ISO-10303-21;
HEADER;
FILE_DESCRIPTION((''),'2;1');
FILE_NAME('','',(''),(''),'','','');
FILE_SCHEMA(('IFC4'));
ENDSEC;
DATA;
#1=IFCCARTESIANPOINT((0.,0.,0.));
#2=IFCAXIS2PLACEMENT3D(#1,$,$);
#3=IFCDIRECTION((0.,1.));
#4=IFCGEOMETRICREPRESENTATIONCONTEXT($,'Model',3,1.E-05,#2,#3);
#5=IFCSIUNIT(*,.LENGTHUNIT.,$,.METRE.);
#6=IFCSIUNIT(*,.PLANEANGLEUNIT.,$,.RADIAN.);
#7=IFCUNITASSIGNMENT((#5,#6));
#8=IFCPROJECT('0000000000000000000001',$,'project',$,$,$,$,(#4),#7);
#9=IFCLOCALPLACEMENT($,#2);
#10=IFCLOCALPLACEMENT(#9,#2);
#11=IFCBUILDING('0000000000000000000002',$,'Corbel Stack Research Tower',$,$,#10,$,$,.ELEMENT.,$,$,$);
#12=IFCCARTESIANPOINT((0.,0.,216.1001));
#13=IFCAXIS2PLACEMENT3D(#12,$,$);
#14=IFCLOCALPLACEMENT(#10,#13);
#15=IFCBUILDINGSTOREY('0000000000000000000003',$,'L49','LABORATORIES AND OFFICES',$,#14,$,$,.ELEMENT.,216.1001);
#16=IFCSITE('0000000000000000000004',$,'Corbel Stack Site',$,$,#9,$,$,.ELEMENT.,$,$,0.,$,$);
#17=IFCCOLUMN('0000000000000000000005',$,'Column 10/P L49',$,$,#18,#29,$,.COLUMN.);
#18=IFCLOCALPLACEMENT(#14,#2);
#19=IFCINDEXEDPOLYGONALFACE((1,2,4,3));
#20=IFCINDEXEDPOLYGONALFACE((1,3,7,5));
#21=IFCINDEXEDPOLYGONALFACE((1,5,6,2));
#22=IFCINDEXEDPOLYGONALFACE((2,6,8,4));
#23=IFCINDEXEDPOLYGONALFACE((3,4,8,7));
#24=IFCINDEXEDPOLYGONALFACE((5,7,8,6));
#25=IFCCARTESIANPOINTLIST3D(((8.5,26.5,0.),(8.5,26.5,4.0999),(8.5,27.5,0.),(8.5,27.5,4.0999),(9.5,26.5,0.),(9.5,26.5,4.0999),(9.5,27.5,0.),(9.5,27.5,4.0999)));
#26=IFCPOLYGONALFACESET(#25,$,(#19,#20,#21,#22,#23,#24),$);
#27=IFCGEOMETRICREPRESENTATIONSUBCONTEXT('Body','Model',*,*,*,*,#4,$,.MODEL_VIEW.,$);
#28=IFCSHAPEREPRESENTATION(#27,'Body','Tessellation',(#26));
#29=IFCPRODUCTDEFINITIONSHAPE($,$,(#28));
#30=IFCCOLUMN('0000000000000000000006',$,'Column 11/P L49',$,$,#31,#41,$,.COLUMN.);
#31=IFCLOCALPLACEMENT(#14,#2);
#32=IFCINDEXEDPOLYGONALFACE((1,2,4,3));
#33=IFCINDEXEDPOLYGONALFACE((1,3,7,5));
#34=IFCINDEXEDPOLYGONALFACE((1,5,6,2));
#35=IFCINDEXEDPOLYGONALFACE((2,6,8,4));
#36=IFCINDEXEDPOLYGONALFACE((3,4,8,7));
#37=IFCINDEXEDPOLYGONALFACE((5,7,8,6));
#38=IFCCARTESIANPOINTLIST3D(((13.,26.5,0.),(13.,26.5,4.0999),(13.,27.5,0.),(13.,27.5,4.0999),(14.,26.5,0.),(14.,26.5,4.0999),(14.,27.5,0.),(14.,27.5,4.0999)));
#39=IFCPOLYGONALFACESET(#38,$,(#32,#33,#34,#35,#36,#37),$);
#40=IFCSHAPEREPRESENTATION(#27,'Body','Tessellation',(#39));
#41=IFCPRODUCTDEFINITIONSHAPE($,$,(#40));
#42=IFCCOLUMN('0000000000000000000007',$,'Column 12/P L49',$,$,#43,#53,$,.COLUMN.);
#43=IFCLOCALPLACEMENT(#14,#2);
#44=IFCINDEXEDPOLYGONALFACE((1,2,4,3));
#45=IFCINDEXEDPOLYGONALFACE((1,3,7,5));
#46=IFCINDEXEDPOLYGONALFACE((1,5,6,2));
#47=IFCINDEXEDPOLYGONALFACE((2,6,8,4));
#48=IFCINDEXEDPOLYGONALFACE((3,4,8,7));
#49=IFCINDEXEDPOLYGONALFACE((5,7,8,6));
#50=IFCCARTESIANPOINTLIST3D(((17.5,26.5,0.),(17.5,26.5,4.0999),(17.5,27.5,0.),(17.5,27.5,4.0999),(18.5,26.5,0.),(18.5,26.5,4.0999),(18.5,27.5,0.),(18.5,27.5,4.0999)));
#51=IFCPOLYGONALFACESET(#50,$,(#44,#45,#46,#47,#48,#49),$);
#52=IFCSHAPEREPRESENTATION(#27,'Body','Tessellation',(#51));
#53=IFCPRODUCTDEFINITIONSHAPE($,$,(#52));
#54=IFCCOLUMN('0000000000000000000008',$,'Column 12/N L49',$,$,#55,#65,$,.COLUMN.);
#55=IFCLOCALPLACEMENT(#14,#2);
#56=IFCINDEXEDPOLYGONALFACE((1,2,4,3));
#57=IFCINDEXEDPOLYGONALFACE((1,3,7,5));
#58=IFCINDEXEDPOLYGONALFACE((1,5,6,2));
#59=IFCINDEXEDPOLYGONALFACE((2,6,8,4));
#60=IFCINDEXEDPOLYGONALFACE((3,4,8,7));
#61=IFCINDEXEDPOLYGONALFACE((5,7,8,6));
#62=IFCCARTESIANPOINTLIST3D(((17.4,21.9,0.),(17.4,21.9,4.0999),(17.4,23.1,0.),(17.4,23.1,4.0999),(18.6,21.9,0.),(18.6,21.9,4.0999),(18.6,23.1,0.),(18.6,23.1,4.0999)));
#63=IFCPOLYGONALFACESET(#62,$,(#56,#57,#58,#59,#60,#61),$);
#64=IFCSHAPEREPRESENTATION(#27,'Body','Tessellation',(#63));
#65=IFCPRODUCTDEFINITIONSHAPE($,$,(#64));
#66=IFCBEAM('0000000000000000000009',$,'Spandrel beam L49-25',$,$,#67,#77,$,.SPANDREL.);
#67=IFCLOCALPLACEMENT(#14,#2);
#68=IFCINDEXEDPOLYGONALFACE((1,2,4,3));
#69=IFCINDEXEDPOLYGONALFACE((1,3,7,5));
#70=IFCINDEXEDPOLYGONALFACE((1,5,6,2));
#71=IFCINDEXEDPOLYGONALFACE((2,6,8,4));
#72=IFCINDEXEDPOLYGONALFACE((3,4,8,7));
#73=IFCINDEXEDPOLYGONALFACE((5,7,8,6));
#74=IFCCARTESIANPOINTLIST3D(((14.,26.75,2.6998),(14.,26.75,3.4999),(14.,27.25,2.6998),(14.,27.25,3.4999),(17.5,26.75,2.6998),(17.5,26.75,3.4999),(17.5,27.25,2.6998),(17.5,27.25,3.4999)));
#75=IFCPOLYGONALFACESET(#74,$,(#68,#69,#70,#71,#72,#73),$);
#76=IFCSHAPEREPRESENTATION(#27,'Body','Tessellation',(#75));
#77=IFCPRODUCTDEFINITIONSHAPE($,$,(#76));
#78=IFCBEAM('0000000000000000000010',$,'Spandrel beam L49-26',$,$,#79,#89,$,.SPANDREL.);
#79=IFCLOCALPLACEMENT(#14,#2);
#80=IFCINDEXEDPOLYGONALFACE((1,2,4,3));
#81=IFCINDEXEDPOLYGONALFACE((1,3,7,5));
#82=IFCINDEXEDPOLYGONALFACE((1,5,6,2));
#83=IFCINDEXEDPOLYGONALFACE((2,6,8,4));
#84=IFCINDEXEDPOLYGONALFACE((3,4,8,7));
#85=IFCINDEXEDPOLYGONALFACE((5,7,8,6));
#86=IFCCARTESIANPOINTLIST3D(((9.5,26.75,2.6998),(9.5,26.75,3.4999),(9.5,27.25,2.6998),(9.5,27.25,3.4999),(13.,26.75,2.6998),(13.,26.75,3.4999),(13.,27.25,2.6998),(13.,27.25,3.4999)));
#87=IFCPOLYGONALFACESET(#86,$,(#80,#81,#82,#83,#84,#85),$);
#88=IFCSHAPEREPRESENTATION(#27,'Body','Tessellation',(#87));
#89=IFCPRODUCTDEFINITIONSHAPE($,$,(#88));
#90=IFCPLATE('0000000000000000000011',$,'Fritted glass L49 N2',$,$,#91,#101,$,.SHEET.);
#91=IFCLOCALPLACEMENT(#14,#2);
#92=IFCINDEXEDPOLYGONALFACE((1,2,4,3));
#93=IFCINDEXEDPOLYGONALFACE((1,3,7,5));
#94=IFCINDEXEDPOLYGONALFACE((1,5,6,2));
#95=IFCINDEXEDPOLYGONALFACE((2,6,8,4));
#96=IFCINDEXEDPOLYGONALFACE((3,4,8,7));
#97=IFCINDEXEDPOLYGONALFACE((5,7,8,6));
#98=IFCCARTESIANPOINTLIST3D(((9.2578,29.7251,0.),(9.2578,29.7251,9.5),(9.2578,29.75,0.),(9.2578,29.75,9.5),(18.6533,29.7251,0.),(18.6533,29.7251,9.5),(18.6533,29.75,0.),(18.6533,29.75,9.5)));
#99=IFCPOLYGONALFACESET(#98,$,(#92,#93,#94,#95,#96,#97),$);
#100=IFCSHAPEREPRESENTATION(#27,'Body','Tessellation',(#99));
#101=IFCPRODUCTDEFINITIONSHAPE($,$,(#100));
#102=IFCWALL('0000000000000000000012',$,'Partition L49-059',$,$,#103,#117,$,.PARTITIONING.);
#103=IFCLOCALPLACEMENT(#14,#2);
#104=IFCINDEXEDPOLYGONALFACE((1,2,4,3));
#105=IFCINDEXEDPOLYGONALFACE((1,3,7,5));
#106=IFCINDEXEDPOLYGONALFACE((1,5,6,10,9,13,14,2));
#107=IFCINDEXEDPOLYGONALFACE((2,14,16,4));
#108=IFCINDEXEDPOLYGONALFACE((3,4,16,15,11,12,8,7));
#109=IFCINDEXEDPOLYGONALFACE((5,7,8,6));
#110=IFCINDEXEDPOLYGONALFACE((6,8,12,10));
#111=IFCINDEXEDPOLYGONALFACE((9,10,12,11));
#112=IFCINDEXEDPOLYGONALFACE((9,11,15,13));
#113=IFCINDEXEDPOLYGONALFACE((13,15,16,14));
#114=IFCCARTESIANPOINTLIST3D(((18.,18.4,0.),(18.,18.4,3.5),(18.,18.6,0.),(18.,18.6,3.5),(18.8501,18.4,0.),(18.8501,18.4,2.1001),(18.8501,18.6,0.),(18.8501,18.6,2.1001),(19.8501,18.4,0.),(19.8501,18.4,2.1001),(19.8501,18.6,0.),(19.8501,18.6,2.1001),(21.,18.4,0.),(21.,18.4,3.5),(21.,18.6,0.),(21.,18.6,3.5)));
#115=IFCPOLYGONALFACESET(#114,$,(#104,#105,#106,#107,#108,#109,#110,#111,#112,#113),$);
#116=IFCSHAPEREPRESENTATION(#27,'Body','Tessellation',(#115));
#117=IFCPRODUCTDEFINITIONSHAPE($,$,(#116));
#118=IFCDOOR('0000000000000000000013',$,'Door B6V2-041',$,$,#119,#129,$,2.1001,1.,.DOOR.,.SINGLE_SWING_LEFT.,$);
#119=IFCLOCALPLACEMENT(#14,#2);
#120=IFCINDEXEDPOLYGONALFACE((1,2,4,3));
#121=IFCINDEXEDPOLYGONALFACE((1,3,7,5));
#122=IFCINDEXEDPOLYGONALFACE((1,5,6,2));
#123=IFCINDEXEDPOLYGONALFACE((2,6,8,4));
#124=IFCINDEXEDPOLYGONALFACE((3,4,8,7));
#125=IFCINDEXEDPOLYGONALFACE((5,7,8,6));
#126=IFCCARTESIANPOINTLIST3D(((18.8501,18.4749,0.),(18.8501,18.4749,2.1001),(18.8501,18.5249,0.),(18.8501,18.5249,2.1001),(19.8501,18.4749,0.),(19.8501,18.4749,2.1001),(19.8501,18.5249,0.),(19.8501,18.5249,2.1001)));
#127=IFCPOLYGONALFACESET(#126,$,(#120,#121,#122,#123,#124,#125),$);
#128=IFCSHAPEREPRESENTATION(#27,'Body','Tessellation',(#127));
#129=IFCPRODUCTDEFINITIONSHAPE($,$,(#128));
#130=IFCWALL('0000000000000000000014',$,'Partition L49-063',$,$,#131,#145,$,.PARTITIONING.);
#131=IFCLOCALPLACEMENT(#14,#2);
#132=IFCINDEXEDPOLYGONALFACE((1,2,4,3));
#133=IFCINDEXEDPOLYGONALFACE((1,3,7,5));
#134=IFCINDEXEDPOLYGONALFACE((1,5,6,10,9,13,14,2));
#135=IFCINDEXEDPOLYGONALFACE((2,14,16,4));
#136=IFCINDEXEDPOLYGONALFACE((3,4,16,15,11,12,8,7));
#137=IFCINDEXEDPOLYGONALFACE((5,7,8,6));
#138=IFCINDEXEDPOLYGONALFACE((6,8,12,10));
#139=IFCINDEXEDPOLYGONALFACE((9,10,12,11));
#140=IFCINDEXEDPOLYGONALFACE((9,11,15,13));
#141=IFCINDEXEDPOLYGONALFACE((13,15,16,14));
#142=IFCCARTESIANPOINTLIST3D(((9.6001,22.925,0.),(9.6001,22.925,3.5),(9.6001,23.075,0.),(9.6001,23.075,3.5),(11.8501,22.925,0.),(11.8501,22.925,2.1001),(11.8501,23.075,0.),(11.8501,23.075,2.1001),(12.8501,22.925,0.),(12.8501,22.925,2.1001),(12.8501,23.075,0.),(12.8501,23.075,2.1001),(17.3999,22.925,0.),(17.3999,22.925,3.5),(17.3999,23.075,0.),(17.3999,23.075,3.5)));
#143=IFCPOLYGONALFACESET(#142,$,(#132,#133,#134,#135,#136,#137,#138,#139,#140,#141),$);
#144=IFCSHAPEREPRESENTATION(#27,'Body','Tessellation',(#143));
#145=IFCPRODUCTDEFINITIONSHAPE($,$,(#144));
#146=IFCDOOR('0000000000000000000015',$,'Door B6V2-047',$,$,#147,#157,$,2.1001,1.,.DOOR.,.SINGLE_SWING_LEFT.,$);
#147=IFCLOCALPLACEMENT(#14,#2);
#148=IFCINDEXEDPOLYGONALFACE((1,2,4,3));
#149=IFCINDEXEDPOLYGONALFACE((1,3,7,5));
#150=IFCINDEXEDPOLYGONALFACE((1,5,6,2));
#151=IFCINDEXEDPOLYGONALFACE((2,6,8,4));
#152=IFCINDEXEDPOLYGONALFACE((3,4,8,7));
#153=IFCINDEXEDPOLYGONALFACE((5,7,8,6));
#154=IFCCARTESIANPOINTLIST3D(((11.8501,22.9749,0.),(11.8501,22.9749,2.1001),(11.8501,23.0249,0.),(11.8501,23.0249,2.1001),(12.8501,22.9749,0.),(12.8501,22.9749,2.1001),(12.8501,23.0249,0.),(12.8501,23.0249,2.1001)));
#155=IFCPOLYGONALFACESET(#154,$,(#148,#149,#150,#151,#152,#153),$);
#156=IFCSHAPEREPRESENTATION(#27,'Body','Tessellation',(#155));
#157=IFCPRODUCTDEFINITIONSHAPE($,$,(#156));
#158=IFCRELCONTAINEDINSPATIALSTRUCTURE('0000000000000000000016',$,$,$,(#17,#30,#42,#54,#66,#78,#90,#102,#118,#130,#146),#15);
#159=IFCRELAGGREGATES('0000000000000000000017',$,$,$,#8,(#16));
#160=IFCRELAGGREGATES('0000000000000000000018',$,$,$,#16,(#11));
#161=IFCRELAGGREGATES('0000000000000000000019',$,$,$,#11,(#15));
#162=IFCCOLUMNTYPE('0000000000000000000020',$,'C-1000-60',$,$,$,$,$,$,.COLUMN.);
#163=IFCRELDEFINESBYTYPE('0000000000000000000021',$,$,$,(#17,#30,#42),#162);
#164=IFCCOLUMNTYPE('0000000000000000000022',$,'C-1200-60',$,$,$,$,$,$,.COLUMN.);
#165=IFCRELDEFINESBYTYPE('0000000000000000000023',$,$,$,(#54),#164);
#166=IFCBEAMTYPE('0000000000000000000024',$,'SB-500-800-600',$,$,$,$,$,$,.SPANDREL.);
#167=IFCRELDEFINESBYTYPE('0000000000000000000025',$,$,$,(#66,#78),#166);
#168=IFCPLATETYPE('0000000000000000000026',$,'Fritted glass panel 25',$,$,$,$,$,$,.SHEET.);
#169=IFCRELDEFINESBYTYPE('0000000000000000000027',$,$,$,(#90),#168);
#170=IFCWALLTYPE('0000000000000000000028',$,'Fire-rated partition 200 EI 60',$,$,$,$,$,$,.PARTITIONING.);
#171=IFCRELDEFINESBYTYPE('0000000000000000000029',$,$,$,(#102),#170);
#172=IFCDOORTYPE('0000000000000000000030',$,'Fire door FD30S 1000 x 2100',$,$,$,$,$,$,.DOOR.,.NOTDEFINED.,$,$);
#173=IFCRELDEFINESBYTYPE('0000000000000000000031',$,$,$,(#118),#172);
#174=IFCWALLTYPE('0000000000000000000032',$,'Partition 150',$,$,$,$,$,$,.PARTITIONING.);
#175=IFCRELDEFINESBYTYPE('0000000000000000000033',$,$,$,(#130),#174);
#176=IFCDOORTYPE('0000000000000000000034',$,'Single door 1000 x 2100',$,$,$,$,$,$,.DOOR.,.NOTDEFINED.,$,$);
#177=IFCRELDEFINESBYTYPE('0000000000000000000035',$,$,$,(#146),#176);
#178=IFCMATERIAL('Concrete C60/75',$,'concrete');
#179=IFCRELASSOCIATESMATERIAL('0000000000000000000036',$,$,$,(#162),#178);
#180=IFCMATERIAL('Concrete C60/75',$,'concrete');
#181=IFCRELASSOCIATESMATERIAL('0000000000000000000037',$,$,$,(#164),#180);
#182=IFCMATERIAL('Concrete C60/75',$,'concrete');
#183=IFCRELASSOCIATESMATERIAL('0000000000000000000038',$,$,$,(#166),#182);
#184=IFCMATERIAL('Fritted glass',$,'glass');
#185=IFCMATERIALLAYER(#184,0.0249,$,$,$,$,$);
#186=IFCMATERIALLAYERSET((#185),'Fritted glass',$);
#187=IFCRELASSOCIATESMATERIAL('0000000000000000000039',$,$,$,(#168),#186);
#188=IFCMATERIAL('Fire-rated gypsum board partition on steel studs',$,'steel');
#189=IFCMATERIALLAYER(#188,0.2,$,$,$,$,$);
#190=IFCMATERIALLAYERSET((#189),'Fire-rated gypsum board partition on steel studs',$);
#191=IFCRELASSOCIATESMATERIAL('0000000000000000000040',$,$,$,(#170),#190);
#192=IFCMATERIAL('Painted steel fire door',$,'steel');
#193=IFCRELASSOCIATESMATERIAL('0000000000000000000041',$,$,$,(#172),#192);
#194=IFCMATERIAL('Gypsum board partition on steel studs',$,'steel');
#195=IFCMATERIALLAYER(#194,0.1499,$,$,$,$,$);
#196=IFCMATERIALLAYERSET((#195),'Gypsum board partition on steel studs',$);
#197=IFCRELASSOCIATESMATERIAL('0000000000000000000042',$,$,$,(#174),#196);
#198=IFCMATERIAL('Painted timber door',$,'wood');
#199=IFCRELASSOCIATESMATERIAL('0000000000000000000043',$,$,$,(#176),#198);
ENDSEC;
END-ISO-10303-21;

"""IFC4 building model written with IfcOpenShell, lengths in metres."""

from ifc_helpers import new_model, si_unit, direction, frame, frame_2d, origin, origin_2d, place, context, subcontext, project, spatial, rectangle, extrude, material, layer, layer_set, material_profile, profile_set, type_object, element, fill, save


model = new_model("IFC4")

# Units and contexts
model_context = context("Model", 3, precision=1e-05, world=origin(), true_north=direction((0.0, 1.0)))
body_context = subcontext(model_context, "Body", "Model", "MODEL_VIEW")
ifc_project = project(units=[si_unit("LENGTHUNIT", "METRE"), si_unit("PLANEANGLEUNIT", "RADIAN")], contexts=[model_context])

# Site, building, storey
site_placement = place(None, origin())
site = spatial("IfcSite", under=ifc_project, at=site_placement, Name="Corbel Stack Site", CompositionType="ELEMENT", RefElevation=0.0)
building_placement = place(site_placement, origin())
building = spatial("IfcBuilding", under=site, at=building_placement, Name="Corbel Stack Research Tower", CompositionType="ELEMENT")
storey_placement = place(building_placement, frame((0.0, 0.0, 216.1001)))
storey = spatial("IfcBuildingStorey", under=building, at=storey_placement, Name="L49", Description="LABORATORIES AND OFFICES", CompositionType="ELEMENT", Elevation=216.1001)

# Columns
ifc_material_1 = material(Name="Concrete C60/75", Category="concrete")
ifc_material_profile_1 = material_profile(ifc_material_1, rectangle(XDim=1.0, YDim=1.0, at=origin_2d()), Name="RC 1000 x 1000")
ifc_profile_set_1 = profile_set([ifc_material_profile_1], Name="Concrete C60/75")
column_type_1 = type_object("IfcColumnType", Name="C-1000-60", PredefinedType="COLUMN", material=ifc_profile_set_1)
for number, where, z_axis, x_axis, name in (
    (1, (9.0, 27.0, 0.0), (0.0, 0.0, 1.0), (1.0, 0.0, 0.0), "Column 10/P L49"),
    (2, (13.5, 27.0, 0.0), (0.0, 0.0, 1.0), (1.0, 0.0, 0.0), "Column 11/P L49"),
    (3, (18.0, 27.0, 0.0), (0.0, 0.0, 1.0), (1.0, 0.0, 0.0), "Column 12/P L49"),
):
    element("IfcColumn", number, at=place(storey_placement, frame(where, z_axis=z_axis, x_axis=x_axis)), inside=storey, type_object=column_type_1, Name=name, PredefinedType="COLUMN", context=body_context, shape_type="SweptSolid", body=[
        extrude(rectangle(XDim=1.0, YDim=1.0, at=origin_2d()), origin(), (0.0, 0.0, 1.0), 4.0999),
    ])
ifc_material_2 = material(Name="Concrete C60/75", Category="concrete")
ifc_material_profile_2 = material_profile(ifc_material_2, rectangle(XDim=1.2, YDim=1.2, at=origin_2d()), Name="RC 1200 x 1200")
ifc_profile_set_2 = profile_set([ifc_material_profile_2], Name="Concrete C60/75")
column_type_2 = type_object("IfcColumnType", Name="C-1200-60", PredefinedType="COLUMN", material=ifc_profile_set_2)
column_placement = place(storey_placement, frame((18.0, 22.5, 0.0), z_axis=(0.0, 0.0, 1.0), x_axis=(1.0, 0.0, 0.0)))
element("IfcColumn", 4, at=column_placement, inside=storey, type_object=column_type_2, Name="Column 12/N L49", PredefinedType="COLUMN", context=body_context, shape_type="SweptSolid", body=[
    extrude(rectangle(XDim=1.2, YDim=1.2, at=origin_2d()), origin(), (0.0, 0.0, 1.0), 4.0999),
])

# Beams
ifc_material_3 = material(Name="Concrete C60/75", Category="concrete")
ifc_material_profile_3 = material_profile(ifc_material_3, rectangle(XDim=0.5, YDim=0.8, at=origin_2d()), Name="RC 500 x 800")
ifc_profile_set_3 = profile_set([ifc_material_profile_3], Name="Concrete C60/75")
beam_type = type_object("IfcBeamType", Name="SB-500-800-600", PredefinedType="SPANDREL", material=ifc_profile_set_3)
for number, where, z_axis, x_axis, name in (
    (5, (17.5, 27.0, 3.0999), (-1.0, 0.0, 0.0), (0.0, -1.0, 0.0), "Spandrel beam L49-25"),
    (6, (13.0, 27.0, 3.0999), (-1.0, 0.0, 0.0), (0.0, -1.0, 0.0), "Spandrel beam L49-26"),
):
    element("IfcBeam", number, at=place(storey_placement, frame(where, z_axis=z_axis, x_axis=x_axis)), inside=storey, type_object=beam_type, Name=name, PredefinedType="SPANDREL", context=body_context, shape_type="SweptSolid", body=[
        extrude(rectangle(XDim=0.5, YDim=0.8, at=origin_2d()), origin(), (0.0, 0.0, 1.0), 3.5),
    ])

# Plate
ifc_material_4 = material(Name="Fritted glass", Category="glass")
ifc_layer_1 = layer(ifc_material_4, 0.0249)
ifc_layer_set_1 = layer_set([ifc_layer_1], Name="Fritted glass")
plate_type = type_object("IfcPlateType", Name="Fritted glass panel 25", PredefinedType="SHEET", material=ifc_layer_set_1)
plate_placement = place(storey_placement, frame((13.9556, 29.7375, 0.0), z_axis=(0.0, 0.0, 1.0), x_axis=(-1.0, 0.0, 0.0)))
element("IfcPlate", 7, at=plate_placement, inside=storey, type_object=plate_type, Name="Fritted glass L49 N2", PredefinedType="SHEET", context=body_context, shape_type="SweptSolid", body=[
    extrude(rectangle(XDim=9.3955, YDim=0.0249, at=origin_2d()), origin(), (0.0, 0.0, 1.0), 9.5),
])

# Walls, openings, doors
ifc_material_5 = material(Name="Fire-rated gypsum board partition on steel studs", Category="steel")
ifc_layer_2 = layer(ifc_material_5, 0.2)
ifc_layer_set_2 = layer_set([ifc_layer_2], Name="Fire-rated gypsum board partition on steel studs")
wall_type_1 = type_object("IfcWallType", Name="Fire-rated partition 200 EI 60", PredefinedType="PARTITIONING", material=ifc_layer_set_2)
wall_1_placement = place(storey_placement, frame((18.0, 18.5, 0.0), z_axis=(0.0, 0.0, 1.0), x_axis=(1.0, 0.0, 0.0)))
wall_1 = element("IfcWall", 8, at=wall_1_placement, inside=storey, type_object=wall_type_1, Name="Partition L49-059", PredefinedType="PARTITIONING", context=body_context, shape_type="SweptSolid", body=[
    extrude(rectangle(XDim=3.0, YDim=0.2, at=frame_2d((1.5, 0.0))), origin(), (0.0, 0.0, 1.0), 3.5),
])
opening_1_placement = place(wall_1_placement, frame((0.8501, 0.0, 0.0)))
opening_1 = element("IfcOpeningElement", 9, at=opening_1_placement, cuts=wall_1, PredefinedType="OPENING", context=body_context, shape_type="SweptSolid", body=[
    extrude(rectangle(XDim=1.0, YDim=2.1001, at=frame_2d((0.5, 1.05))), frame((0.0, 0.1099, 0.0), z_axis=(0.0, -1.0, 0.0), x_axis=(1.0, 0.0, 0.0)), (0.0, 0.0, 1.0), 0.22),
])
ifc_material_6 = material(Name="Painted steel fire door", Category="steel")
door_type_1 = type_object("IfcDoorType", Name="Fire door FD30S 1000 x 2100", OperationType="NOTDEFINED", PredefinedType="DOOR", material=ifc_material_6)
door_1_placement = place(opening_1_placement, origin())
door_1 = element("IfcDoor", 10, at=door_1_placement, inside=storey, type_object=door_type_1, Name="Door B6V2-041", OperationType="SINGLE_SWING_LEFT", OverallHeight=2.1001, OverallWidth=1.0, PredefinedType="DOOR", context=body_context, shape_type="SweptSolid", body=[
    extrude(rectangle(XDim=1.0, YDim=2.1001, at=frame_2d((0.5, 1.05))), frame((0.0, 0.0249, 0.0), z_axis=(0.0, -1.0, 0.0), x_axis=(1.0, 0.0, 0.0)), (0.0, 0.0, 1.0), 0.05),
])
fill(opening_1, door_1)
ifc_material_7 = material(Name="Gypsum board partition on steel studs", Category="steel")
ifc_layer_3 = layer(ifc_material_7, 0.1499)
ifc_layer_set_3 = layer_set([ifc_layer_3], Name="Gypsum board partition on steel studs")
wall_type_2 = type_object("IfcWallType", Name="Partition 150", PredefinedType="PARTITIONING", material=ifc_layer_set_3)
wall_2_placement = place(storey_placement, frame((9.6001, 23.0, 0.0), z_axis=(0.0, 0.0, 1.0), x_axis=(1.0, 0.0, 0.0)))
wall_2 = element("IfcWall", 11, at=wall_2_placement, inside=storey, type_object=wall_type_2, Name="Partition L49-063", PredefinedType="PARTITIONING", context=body_context, shape_type="SweptSolid", body=[
    extrude(rectangle(XDim=7.7998, YDim=0.1499, at=frame_2d((3.8999, 0.0))), origin(), (0.0, 0.0, 1.0), 3.5),
])
opening_2_placement = place(wall_2_placement, frame((2.25, 0.0, 0.0)))
opening_2 = element("IfcOpeningElement", 12, at=opening_2_placement, cuts=wall_2, PredefinedType="OPENING", context=body_context, shape_type="SweptSolid", body=[
    extrude(rectangle(XDim=1.0, YDim=2.1001, at=frame_2d((0.5, 1.05))), frame((0.0, 0.085, 0.0), z_axis=(0.0, -1.0, 0.0), x_axis=(1.0, 0.0, 0.0)), (0.0, 0.0, 1.0), 0.1699),
])
ifc_material_8 = material(Name="Painted timber door", Category="wood")
door_type_2 = type_object("IfcDoorType", Name="Single door 1000 x 2100", OperationType="NOTDEFINED", PredefinedType="DOOR", material=ifc_material_8)
door_2_placement = place(opening_2_placement, origin())
door_2 = element("IfcDoor", 13, at=door_2_placement, inside=storey, type_object=door_type_2, Name="Door B6V2-047", OperationType="SINGLE_SWING_LEFT", OverallHeight=2.1001, OverallWidth=1.0, PredefinedType="DOOR", context=body_context, shape_type="SweptSolid", body=[
    extrude(rectangle(XDim=1.0, YDim=2.1001, at=frame_2d((0.5, 1.05))), frame((0.0, 0.0249, 0.0), z_axis=(0.0, -1.0, 0.0), x_axis=(1.0, 0.0, 0.0)), (0.0, 0.0, 1.0), 0.05),
])
fill(opening_2, door_2)

save(model, "model.ifc")
